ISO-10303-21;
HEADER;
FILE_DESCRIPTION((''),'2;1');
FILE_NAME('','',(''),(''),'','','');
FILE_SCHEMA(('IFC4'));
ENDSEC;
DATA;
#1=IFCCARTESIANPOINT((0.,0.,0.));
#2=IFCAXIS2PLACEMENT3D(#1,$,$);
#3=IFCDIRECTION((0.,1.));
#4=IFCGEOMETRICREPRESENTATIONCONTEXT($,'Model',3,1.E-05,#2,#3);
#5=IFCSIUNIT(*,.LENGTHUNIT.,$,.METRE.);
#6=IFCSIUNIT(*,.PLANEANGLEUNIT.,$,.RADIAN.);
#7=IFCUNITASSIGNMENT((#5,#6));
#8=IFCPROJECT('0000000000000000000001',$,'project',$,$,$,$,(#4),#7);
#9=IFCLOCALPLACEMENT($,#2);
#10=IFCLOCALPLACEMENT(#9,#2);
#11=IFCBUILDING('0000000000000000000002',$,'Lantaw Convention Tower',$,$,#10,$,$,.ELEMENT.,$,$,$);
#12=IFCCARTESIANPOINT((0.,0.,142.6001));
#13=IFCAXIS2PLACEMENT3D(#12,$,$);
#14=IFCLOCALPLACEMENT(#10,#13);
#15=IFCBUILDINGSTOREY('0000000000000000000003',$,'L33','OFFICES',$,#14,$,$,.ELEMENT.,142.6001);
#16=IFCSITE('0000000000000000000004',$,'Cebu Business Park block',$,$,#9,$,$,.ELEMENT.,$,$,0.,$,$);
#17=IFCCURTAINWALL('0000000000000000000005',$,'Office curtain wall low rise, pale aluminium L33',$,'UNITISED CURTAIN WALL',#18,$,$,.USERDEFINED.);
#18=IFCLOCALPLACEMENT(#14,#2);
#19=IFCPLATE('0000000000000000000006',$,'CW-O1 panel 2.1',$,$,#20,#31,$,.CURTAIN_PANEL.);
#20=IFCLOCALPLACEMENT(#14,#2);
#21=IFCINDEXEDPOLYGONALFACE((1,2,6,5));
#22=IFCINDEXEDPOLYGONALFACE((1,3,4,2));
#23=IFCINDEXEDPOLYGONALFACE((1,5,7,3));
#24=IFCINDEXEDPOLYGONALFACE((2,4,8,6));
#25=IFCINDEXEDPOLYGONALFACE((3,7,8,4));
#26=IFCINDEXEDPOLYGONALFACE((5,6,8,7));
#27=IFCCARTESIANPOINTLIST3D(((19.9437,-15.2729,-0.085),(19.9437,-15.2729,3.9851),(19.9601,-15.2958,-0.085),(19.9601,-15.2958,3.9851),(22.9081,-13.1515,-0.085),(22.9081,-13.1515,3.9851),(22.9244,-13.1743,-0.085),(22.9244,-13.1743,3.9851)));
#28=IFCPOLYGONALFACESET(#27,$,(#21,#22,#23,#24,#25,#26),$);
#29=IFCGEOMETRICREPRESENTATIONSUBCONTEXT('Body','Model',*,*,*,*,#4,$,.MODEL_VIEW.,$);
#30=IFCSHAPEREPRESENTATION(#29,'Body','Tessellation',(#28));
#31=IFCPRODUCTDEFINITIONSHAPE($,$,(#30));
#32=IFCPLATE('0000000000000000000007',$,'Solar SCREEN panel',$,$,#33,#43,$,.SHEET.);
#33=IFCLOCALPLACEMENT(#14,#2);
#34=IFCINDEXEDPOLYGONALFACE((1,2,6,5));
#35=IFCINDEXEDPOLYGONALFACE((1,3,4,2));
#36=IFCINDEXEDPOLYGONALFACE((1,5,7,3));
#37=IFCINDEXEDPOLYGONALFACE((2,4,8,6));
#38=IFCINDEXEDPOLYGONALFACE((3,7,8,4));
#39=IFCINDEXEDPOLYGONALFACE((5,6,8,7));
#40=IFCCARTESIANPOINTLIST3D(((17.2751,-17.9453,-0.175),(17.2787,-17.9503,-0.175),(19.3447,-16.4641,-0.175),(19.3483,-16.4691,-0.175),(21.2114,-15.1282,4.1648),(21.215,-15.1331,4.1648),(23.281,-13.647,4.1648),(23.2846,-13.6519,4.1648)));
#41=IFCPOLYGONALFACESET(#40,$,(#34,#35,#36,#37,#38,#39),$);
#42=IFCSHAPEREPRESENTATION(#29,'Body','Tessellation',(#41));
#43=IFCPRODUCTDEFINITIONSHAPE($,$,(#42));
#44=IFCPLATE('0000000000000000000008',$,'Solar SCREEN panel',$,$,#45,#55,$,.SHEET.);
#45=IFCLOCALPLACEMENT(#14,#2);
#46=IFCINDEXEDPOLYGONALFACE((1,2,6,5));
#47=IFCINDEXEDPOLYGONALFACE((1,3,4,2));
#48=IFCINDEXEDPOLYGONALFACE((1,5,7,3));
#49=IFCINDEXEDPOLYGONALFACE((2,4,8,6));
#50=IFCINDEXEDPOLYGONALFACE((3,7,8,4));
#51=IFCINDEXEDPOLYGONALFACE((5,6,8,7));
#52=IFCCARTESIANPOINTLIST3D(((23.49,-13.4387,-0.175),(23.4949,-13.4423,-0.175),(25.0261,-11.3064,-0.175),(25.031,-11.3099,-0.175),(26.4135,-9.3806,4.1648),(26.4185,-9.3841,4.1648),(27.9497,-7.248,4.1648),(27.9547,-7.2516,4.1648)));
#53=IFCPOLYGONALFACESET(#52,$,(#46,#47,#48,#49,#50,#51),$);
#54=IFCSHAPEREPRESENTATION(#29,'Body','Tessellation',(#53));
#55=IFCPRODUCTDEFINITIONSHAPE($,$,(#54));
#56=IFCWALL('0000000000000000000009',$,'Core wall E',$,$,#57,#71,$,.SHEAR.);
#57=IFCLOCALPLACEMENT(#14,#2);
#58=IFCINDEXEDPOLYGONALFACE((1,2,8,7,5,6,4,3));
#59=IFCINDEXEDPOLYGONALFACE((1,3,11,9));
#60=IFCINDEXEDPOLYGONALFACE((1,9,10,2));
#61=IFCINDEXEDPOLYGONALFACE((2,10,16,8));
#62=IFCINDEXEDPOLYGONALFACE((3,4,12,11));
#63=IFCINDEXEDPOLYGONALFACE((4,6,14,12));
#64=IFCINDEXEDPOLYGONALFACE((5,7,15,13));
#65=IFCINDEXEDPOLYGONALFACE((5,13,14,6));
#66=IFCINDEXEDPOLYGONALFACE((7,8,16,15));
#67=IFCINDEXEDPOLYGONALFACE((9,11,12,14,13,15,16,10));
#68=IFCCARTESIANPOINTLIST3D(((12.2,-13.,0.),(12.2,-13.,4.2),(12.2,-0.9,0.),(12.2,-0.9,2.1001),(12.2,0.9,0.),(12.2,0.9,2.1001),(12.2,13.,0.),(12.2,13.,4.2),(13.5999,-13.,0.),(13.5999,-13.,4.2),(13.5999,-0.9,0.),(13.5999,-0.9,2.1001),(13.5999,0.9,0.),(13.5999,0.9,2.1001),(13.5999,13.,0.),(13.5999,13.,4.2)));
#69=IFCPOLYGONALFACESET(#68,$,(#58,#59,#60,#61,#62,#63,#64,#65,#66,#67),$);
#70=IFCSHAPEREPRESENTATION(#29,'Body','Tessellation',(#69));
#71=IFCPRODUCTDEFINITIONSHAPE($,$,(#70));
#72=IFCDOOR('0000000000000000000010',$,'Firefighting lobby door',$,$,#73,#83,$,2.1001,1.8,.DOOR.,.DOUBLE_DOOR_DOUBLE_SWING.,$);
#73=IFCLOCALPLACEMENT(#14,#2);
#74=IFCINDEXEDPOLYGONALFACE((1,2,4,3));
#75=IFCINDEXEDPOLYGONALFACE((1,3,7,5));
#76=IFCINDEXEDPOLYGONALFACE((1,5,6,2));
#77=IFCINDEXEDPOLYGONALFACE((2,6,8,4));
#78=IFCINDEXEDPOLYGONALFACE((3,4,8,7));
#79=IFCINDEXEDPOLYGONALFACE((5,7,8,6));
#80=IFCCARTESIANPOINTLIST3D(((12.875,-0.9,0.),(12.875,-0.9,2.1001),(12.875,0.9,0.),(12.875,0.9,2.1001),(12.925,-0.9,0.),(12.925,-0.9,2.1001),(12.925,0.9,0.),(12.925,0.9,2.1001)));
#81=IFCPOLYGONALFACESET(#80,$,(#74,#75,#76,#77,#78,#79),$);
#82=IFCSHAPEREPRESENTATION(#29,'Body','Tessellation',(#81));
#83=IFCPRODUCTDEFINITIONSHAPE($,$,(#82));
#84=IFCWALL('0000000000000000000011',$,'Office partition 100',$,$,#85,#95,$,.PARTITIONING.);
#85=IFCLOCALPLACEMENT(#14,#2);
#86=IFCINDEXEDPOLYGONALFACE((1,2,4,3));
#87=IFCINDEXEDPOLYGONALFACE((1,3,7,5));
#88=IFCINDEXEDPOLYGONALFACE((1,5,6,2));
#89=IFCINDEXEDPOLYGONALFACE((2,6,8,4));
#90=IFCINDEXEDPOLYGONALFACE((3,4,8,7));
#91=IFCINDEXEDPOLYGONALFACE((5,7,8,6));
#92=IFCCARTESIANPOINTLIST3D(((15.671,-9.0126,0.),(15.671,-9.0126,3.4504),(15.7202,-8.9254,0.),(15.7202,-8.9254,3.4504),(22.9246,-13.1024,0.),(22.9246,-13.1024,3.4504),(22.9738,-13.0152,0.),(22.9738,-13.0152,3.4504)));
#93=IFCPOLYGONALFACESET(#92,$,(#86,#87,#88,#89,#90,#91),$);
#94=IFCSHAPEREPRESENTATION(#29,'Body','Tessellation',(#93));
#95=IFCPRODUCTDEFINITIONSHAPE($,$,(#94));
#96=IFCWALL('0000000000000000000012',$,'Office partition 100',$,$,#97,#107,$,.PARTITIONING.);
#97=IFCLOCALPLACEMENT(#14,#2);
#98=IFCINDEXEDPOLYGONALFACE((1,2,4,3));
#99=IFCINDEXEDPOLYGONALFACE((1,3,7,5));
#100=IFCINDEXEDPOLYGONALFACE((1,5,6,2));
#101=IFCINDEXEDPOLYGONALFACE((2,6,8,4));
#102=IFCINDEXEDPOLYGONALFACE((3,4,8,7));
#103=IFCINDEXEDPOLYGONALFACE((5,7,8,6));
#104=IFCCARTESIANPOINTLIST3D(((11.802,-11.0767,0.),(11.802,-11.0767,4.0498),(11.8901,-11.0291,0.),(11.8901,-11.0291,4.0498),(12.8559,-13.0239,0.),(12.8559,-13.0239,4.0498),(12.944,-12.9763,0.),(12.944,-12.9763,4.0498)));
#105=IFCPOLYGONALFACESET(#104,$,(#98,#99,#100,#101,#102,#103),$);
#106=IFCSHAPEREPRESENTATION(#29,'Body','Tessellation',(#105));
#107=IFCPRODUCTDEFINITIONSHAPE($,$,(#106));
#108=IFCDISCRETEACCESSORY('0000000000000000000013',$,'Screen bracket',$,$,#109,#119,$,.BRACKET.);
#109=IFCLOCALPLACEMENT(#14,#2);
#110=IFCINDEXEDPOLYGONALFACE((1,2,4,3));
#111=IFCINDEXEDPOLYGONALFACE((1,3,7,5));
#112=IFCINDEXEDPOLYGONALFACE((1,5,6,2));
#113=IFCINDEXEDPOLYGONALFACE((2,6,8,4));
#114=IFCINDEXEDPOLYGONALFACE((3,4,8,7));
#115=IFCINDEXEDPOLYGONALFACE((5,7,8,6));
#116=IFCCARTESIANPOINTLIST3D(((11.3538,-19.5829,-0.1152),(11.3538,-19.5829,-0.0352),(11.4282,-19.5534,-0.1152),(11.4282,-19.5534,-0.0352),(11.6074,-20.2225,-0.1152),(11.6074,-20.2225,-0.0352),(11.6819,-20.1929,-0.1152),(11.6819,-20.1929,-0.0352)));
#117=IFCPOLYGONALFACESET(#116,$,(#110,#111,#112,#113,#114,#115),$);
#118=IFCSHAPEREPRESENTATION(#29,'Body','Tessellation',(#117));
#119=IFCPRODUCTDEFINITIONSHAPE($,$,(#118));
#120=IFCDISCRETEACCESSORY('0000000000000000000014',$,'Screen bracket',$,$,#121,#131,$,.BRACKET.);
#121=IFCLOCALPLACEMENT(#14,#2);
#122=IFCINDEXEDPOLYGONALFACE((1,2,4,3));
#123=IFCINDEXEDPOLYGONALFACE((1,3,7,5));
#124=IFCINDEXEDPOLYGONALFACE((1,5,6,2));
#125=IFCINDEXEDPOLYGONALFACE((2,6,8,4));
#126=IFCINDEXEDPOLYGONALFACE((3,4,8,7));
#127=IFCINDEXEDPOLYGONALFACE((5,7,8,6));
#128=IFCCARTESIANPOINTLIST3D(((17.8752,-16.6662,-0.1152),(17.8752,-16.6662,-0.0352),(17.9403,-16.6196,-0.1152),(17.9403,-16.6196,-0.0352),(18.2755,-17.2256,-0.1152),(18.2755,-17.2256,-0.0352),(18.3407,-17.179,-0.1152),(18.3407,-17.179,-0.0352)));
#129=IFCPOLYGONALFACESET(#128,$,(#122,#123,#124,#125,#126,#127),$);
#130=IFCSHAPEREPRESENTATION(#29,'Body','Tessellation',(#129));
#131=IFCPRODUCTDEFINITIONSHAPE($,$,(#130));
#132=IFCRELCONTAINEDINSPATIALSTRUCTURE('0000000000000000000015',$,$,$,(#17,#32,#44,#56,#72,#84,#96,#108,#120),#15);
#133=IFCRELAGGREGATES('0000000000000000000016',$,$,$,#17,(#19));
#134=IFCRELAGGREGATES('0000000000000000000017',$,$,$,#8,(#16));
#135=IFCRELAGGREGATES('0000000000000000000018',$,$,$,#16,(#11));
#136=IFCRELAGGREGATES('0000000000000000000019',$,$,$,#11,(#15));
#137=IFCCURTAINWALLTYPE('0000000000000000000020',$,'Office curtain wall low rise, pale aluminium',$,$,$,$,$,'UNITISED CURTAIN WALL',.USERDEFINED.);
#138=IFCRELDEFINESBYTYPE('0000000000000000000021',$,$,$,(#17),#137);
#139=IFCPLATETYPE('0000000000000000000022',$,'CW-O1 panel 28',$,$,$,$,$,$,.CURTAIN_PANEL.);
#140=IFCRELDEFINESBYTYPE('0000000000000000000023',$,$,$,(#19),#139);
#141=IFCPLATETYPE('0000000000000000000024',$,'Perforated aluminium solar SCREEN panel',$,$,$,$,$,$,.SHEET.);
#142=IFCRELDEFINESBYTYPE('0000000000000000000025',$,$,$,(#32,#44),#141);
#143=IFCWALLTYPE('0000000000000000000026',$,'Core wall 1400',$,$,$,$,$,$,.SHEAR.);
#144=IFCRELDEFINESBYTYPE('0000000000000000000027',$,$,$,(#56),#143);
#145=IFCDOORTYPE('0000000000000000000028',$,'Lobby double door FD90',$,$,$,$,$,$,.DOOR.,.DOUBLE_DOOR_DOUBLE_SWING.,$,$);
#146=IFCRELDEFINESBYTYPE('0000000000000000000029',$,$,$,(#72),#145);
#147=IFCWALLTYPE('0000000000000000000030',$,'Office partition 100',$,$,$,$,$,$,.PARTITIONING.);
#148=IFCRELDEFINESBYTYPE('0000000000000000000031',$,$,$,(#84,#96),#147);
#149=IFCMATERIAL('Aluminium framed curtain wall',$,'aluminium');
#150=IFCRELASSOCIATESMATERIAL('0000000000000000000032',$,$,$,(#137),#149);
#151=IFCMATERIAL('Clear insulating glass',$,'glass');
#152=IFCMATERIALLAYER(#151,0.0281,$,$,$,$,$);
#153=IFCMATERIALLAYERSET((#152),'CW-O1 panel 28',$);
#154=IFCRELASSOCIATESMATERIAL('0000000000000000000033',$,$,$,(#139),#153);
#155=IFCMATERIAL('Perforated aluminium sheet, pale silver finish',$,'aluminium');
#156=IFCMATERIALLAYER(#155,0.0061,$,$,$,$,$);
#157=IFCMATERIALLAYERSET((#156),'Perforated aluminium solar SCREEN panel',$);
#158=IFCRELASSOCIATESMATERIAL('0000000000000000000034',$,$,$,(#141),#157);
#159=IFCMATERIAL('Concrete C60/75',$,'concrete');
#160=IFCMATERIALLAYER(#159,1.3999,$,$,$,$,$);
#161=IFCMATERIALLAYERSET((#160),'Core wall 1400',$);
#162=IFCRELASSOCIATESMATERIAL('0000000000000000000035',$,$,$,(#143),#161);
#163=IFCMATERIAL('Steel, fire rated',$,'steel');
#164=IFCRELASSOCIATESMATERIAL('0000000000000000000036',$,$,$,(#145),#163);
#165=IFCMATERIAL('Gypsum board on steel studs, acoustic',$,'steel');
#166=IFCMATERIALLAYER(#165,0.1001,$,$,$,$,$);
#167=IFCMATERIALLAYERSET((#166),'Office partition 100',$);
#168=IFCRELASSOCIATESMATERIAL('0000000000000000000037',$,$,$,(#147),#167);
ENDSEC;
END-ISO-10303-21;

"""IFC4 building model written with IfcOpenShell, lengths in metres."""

from ifc_helpers import new_model, si_unit, direction, frame, frame_2d, origin, origin_2d, place, context, subcontext, project, spatial, polyline, rectangle, outline, extrude, material, layer, layer_set, type_object, element, fill, aggregate, save


model = new_model("IFC4")

# Units and contexts
model_context = context("Model", 3, precision=1e-05, world=origin(), true_north=direction((0.0, 1.0)))
body_context = subcontext(model_context, "Body", "Model", "MODEL_VIEW")
ifc_project = project(units=[si_unit("LENGTHUNIT", "METRE"), si_unit("PLANEANGLEUNIT", "RADIAN")], contexts=[model_context])

# Site, building, storey
site_placement = place(None, origin())
site = spatial("IfcSite", under=ifc_project, at=site_placement, Name="Cebu Business Park block", CompositionType="ELEMENT", RefElevation=0.0)
building_placement = place(site_placement, origin())
building = spatial("IfcBuilding", under=site, at=building_placement, Name="Lantaw Convention Tower", CompositionType="ELEMENT")
storey_placement = place(building_placement, frame((0.0, 0.0, 142.6001)))
storey = spatial("IfcBuildingStorey", under=building, at=storey_placement, Name="L33", Description="OFFICES", CompositionType="ELEMENT", Elevation=142.6001)

# Shared definitions
ifc_material_1 = material(Name="Concrete C60/75", Category="concrete")

# Curtain wall
ifc_material_2 = material(Name="Aluminium framed curtain wall", Category="aluminium")
curtain_wall_type = type_object("IfcCurtainWallType", Name="Office curtain wall low rise, pale aluminium", ElementType="UNITISED CURTAIN WALL", PredefinedType="USERDEFINED", material=ifc_material_2)
curtain_wall_1_placement = place(storey_placement, origin())
curtain_wall_1 = element("IfcCurtainWall", 1, at=curtain_wall_1_placement, inside=storey, type_object=curtain_wall_type, Name="Office curtain wall low rise, pale aluminium L33", ObjectType="UNITISED CURTAIN WALL", PredefinedType="USERDEFINED")

# Plate
ifc_material_3 = material(Name="Clear insulating glass", Category="glass")
ifc_layer_1 = layer(ifc_material_3, 0.0281)
ifc_layer_set_1 = layer_set([ifc_layer_1], Name="CW-O1 panel 28")
plate_type_1 = type_object("IfcPlateType", Name="CW-O1 panel 28", PredefinedType="CURTAIN_PANEL", material=ifc_layer_set_1)
plate_1_placement = place(storey_placement, frame((21.4341, -14.2236, -0.085), z_axis=(0.0, 0.0, 1.0), x_axis=(0.813208, 0.581973, 0.0)))
plate_1 = element("IfcPlate", 2, at=plate_1_placement, type_object=plate_type_1, Name="CW-O1 panel 2.1", PredefinedType="CURTAIN_PANEL", context=body_context, shape_type="SweptSolid", body=[
    extrude(rectangle(XDim=3.6453, YDim=0.0281, at=origin_2d()), origin(), (0.0, 0.0, 1.0), 4.0701),
])
aggregate(curtain_wall_1, [plate_1])

# Plates
ifc_material_4 = material(Name="Perforated aluminium sheet, pale silver finish", Category="aluminium")
ifc_layer_2 = layer(ifc_material_4, 0.0061)
ifc_layer_set_2 = layer_set([ifc_layer_2], Name="Perforated aluminium solar SCREEN panel")
plate_type_2 = type_object("IfcPlateType", Name="Perforated aluminium solar SCREEN panel", PredefinedType="SHEET", material=ifc_layer_set_2)
plate_2_placement = place(storey_placement, frame((17.2751, -17.9453, -0.175), z_axis=(-0.582, 0.813189, 0.000012), x_axis=(0.813189, 0.582, 0.0)))
element("IfcPlate", 3, at=plate_2_placement, inside=storey, type_object=plate_type_2, Name="Solar SCREEN panel", PredefinedType="SHEET", context=body_context, shape_type="SweptSolid", body=[
    extrude(outline(polyline([(0.0, 0.0), (2.545, 0.0), (7.3855, -4.3398), (4.8405, -4.3398), (0.0, 0.0)])), origin(), (0.0, 0.0, -1.0), 0.0061),
])
plate_3_placement = place(storey_placement, frame((23.49, -13.4387, -0.175), z_axis=(-0.811395, 0.584498, 0.000036), x_axis=(0.584498, 0.811395, 0.0)))
element("IfcPlate", 4, at=plate_3_placement, inside=storey, type_object=plate_type_2, Name="Solar SCREEN panel", PredefinedType="SHEET", context=body_context, shape_type="SweptSolid", body=[
    extrude(outline(polyline([(0.0, 0.0), (2.628, 0.0), (7.6298, -4.3398), (5.0016, -4.3398), (0.0, 0.0)])), origin(), (0.0, 0.0, -1.0), 0.0061),
])

# Wall, opening, door
ifc_layer_3 = layer(ifc_material_1, 1.3999)
ifc_layer_set_3 = layer_set([ifc_layer_3], Name="Core wall 1400")
wall_type_1 = type_object("IfcWallType", Name="Core wall 1400", PredefinedType="SHEAR", material=ifc_layer_set_3)
wall_1_placement = place(storey_placement, frame((12.8999, -13.0, 0.0), z_axis=(0.0, 0.0, 1.0), x_axis=(0.0, 1.0, 0.0)))
wall_1 = element("IfcWall", 5, at=wall_1_placement, inside=storey, type_object=wall_type_1, Name="Core wall E", PredefinedType="SHEAR", context=body_context, shape_type="SweptSolid", body=[
    extrude(rectangle(XDim=26.0, YDim=1.3999, at=frame_2d((13.0, 0.0))), origin(), (0.0, 0.0, 1.0), 4.2),
])
opening_placement = place(wall_1_placement, frame((12.1001, 0.0, 0.0)))
opening = element("IfcOpeningElement", 6, at=opening_placement, cuts=wall_1, PredefinedType="OPENING", context=body_context, shape_type="SweptSolid", body=[
    extrude(rectangle(XDim=1.8, YDim=2.1001, at=frame_2d((0.8999, 1.05))), frame((0.0, 0.71, 0.0), z_axis=(0.0, -1.0, 0.0), x_axis=(1.0, 0.0, 0.0)), (0.0, 0.0, 1.0), 1.4199),
])
ifc_material_5 = material(Name="Steel, fire rated", Category="steel")
door_type = type_object("IfcDoorType", Name="Lobby double door FD90", OperationType="DOUBLE_DOOR_DOUBLE_SWING", PredefinedType="DOOR", material=ifc_material_5)
door_placement = place(opening_placement, origin())
door = element("IfcDoor", 7, at=door_placement, inside=storey, type_object=door_type, Name="Firefighting lobby door", OperationType="DOUBLE_DOOR_DOUBLE_SWING", OverallHeight=2.1001, OverallWidth=1.8, PredefinedType="DOOR", context=body_context, shape_type="SweptSolid", body=[
    extrude(rectangle(XDim=1.8, YDim=2.1001, at=frame_2d((0.8999, 1.05))), frame((0.0, 0.0249, 0.0), z_axis=(0.0, -1.0, 0.0), x_axis=(1.0, 0.0, 0.0)), (0.0, 0.0, 1.0), 0.05),
])
fill(opening, door)

# Walls
ifc_material_6 = material(Name="Gypsum board on steel studs, acoustic", Category="steel")
ifc_layer_4 = layer(ifc_material_6, 0.1001)
ifc_layer_set_4 = layer_set([ifc_layer_4], Name="Office partition 100")
wall_type_2 = type_object("IfcWallType", Name="Office partition 100", PredefinedType="PARTITIONING", material=ifc_layer_set_4)
wall_2_placement = place(storey_placement, frame((22.9492, -13.0588, 0.0), z_axis=(0.0, 0.0, 1.0), x_axis=(-0.871079, 0.491142, 0.0)))
element("IfcWall", 8, at=wall_2_placement, inside=storey, type_object=wall_type_2, Name="Office partition 100", PredefinedType="PARTITIONING", context=body_context, shape_type="SweptSolid", body=[
    extrude(rectangle(XDim=8.3271, YDim=0.1001, at=frame_2d((4.1636, 0.0))), origin(), (0.0, 0.0, 1.0), 3.4504),
])
wall_3_placement = place(storey_placement, frame((12.8999, -13.0, 0.0), z_axis=(0.0, 0.0, 1.0), x_axis=(-0.475999, 0.879446, 0.0)))
element("IfcWall", 9, at=wall_3_placement, inside=storey, type_object=wall_type_2, Name="Office partition 100", PredefinedType="PARTITIONING", context=body_context, shape_type="SweptSolid", body=[
    extrude(rectangle(XDim=2.2141, YDim=0.1001, at=frame_2d((1.1069, 0.0))), origin(), (0.0, 0.0, 1.0), 4.0498),
])

# Discrete accessories
for number, where, z_axis, x_axis, name in (
    (10, (11.5178, -19.8879, -0.1152), (0.0, 0.0, 1.0), (0.929548, 0.368702, 0.0), "Screen bracket"),
    (11, (18.1079, -16.9226, -0.1152), (0.0, 0.0, 1.0), (0.813208, 0.581973, 0.0), "Screen bracket"),
):
    element("IfcDiscreteAccessory", number, at=place(storey_placement, frame(where, z_axis=z_axis, x_axis=x_axis)), inside=storey, Name=name, PredefinedType="BRACKET", context=body_context, shape_type="SweptSolid", body=[
        extrude(rectangle(XDim=0.0801, YDim=0.688, at=origin_2d()), origin(), (0.0, 0.0, 1.0), 0.0801),
    ])

save(model, "model.ifc")
